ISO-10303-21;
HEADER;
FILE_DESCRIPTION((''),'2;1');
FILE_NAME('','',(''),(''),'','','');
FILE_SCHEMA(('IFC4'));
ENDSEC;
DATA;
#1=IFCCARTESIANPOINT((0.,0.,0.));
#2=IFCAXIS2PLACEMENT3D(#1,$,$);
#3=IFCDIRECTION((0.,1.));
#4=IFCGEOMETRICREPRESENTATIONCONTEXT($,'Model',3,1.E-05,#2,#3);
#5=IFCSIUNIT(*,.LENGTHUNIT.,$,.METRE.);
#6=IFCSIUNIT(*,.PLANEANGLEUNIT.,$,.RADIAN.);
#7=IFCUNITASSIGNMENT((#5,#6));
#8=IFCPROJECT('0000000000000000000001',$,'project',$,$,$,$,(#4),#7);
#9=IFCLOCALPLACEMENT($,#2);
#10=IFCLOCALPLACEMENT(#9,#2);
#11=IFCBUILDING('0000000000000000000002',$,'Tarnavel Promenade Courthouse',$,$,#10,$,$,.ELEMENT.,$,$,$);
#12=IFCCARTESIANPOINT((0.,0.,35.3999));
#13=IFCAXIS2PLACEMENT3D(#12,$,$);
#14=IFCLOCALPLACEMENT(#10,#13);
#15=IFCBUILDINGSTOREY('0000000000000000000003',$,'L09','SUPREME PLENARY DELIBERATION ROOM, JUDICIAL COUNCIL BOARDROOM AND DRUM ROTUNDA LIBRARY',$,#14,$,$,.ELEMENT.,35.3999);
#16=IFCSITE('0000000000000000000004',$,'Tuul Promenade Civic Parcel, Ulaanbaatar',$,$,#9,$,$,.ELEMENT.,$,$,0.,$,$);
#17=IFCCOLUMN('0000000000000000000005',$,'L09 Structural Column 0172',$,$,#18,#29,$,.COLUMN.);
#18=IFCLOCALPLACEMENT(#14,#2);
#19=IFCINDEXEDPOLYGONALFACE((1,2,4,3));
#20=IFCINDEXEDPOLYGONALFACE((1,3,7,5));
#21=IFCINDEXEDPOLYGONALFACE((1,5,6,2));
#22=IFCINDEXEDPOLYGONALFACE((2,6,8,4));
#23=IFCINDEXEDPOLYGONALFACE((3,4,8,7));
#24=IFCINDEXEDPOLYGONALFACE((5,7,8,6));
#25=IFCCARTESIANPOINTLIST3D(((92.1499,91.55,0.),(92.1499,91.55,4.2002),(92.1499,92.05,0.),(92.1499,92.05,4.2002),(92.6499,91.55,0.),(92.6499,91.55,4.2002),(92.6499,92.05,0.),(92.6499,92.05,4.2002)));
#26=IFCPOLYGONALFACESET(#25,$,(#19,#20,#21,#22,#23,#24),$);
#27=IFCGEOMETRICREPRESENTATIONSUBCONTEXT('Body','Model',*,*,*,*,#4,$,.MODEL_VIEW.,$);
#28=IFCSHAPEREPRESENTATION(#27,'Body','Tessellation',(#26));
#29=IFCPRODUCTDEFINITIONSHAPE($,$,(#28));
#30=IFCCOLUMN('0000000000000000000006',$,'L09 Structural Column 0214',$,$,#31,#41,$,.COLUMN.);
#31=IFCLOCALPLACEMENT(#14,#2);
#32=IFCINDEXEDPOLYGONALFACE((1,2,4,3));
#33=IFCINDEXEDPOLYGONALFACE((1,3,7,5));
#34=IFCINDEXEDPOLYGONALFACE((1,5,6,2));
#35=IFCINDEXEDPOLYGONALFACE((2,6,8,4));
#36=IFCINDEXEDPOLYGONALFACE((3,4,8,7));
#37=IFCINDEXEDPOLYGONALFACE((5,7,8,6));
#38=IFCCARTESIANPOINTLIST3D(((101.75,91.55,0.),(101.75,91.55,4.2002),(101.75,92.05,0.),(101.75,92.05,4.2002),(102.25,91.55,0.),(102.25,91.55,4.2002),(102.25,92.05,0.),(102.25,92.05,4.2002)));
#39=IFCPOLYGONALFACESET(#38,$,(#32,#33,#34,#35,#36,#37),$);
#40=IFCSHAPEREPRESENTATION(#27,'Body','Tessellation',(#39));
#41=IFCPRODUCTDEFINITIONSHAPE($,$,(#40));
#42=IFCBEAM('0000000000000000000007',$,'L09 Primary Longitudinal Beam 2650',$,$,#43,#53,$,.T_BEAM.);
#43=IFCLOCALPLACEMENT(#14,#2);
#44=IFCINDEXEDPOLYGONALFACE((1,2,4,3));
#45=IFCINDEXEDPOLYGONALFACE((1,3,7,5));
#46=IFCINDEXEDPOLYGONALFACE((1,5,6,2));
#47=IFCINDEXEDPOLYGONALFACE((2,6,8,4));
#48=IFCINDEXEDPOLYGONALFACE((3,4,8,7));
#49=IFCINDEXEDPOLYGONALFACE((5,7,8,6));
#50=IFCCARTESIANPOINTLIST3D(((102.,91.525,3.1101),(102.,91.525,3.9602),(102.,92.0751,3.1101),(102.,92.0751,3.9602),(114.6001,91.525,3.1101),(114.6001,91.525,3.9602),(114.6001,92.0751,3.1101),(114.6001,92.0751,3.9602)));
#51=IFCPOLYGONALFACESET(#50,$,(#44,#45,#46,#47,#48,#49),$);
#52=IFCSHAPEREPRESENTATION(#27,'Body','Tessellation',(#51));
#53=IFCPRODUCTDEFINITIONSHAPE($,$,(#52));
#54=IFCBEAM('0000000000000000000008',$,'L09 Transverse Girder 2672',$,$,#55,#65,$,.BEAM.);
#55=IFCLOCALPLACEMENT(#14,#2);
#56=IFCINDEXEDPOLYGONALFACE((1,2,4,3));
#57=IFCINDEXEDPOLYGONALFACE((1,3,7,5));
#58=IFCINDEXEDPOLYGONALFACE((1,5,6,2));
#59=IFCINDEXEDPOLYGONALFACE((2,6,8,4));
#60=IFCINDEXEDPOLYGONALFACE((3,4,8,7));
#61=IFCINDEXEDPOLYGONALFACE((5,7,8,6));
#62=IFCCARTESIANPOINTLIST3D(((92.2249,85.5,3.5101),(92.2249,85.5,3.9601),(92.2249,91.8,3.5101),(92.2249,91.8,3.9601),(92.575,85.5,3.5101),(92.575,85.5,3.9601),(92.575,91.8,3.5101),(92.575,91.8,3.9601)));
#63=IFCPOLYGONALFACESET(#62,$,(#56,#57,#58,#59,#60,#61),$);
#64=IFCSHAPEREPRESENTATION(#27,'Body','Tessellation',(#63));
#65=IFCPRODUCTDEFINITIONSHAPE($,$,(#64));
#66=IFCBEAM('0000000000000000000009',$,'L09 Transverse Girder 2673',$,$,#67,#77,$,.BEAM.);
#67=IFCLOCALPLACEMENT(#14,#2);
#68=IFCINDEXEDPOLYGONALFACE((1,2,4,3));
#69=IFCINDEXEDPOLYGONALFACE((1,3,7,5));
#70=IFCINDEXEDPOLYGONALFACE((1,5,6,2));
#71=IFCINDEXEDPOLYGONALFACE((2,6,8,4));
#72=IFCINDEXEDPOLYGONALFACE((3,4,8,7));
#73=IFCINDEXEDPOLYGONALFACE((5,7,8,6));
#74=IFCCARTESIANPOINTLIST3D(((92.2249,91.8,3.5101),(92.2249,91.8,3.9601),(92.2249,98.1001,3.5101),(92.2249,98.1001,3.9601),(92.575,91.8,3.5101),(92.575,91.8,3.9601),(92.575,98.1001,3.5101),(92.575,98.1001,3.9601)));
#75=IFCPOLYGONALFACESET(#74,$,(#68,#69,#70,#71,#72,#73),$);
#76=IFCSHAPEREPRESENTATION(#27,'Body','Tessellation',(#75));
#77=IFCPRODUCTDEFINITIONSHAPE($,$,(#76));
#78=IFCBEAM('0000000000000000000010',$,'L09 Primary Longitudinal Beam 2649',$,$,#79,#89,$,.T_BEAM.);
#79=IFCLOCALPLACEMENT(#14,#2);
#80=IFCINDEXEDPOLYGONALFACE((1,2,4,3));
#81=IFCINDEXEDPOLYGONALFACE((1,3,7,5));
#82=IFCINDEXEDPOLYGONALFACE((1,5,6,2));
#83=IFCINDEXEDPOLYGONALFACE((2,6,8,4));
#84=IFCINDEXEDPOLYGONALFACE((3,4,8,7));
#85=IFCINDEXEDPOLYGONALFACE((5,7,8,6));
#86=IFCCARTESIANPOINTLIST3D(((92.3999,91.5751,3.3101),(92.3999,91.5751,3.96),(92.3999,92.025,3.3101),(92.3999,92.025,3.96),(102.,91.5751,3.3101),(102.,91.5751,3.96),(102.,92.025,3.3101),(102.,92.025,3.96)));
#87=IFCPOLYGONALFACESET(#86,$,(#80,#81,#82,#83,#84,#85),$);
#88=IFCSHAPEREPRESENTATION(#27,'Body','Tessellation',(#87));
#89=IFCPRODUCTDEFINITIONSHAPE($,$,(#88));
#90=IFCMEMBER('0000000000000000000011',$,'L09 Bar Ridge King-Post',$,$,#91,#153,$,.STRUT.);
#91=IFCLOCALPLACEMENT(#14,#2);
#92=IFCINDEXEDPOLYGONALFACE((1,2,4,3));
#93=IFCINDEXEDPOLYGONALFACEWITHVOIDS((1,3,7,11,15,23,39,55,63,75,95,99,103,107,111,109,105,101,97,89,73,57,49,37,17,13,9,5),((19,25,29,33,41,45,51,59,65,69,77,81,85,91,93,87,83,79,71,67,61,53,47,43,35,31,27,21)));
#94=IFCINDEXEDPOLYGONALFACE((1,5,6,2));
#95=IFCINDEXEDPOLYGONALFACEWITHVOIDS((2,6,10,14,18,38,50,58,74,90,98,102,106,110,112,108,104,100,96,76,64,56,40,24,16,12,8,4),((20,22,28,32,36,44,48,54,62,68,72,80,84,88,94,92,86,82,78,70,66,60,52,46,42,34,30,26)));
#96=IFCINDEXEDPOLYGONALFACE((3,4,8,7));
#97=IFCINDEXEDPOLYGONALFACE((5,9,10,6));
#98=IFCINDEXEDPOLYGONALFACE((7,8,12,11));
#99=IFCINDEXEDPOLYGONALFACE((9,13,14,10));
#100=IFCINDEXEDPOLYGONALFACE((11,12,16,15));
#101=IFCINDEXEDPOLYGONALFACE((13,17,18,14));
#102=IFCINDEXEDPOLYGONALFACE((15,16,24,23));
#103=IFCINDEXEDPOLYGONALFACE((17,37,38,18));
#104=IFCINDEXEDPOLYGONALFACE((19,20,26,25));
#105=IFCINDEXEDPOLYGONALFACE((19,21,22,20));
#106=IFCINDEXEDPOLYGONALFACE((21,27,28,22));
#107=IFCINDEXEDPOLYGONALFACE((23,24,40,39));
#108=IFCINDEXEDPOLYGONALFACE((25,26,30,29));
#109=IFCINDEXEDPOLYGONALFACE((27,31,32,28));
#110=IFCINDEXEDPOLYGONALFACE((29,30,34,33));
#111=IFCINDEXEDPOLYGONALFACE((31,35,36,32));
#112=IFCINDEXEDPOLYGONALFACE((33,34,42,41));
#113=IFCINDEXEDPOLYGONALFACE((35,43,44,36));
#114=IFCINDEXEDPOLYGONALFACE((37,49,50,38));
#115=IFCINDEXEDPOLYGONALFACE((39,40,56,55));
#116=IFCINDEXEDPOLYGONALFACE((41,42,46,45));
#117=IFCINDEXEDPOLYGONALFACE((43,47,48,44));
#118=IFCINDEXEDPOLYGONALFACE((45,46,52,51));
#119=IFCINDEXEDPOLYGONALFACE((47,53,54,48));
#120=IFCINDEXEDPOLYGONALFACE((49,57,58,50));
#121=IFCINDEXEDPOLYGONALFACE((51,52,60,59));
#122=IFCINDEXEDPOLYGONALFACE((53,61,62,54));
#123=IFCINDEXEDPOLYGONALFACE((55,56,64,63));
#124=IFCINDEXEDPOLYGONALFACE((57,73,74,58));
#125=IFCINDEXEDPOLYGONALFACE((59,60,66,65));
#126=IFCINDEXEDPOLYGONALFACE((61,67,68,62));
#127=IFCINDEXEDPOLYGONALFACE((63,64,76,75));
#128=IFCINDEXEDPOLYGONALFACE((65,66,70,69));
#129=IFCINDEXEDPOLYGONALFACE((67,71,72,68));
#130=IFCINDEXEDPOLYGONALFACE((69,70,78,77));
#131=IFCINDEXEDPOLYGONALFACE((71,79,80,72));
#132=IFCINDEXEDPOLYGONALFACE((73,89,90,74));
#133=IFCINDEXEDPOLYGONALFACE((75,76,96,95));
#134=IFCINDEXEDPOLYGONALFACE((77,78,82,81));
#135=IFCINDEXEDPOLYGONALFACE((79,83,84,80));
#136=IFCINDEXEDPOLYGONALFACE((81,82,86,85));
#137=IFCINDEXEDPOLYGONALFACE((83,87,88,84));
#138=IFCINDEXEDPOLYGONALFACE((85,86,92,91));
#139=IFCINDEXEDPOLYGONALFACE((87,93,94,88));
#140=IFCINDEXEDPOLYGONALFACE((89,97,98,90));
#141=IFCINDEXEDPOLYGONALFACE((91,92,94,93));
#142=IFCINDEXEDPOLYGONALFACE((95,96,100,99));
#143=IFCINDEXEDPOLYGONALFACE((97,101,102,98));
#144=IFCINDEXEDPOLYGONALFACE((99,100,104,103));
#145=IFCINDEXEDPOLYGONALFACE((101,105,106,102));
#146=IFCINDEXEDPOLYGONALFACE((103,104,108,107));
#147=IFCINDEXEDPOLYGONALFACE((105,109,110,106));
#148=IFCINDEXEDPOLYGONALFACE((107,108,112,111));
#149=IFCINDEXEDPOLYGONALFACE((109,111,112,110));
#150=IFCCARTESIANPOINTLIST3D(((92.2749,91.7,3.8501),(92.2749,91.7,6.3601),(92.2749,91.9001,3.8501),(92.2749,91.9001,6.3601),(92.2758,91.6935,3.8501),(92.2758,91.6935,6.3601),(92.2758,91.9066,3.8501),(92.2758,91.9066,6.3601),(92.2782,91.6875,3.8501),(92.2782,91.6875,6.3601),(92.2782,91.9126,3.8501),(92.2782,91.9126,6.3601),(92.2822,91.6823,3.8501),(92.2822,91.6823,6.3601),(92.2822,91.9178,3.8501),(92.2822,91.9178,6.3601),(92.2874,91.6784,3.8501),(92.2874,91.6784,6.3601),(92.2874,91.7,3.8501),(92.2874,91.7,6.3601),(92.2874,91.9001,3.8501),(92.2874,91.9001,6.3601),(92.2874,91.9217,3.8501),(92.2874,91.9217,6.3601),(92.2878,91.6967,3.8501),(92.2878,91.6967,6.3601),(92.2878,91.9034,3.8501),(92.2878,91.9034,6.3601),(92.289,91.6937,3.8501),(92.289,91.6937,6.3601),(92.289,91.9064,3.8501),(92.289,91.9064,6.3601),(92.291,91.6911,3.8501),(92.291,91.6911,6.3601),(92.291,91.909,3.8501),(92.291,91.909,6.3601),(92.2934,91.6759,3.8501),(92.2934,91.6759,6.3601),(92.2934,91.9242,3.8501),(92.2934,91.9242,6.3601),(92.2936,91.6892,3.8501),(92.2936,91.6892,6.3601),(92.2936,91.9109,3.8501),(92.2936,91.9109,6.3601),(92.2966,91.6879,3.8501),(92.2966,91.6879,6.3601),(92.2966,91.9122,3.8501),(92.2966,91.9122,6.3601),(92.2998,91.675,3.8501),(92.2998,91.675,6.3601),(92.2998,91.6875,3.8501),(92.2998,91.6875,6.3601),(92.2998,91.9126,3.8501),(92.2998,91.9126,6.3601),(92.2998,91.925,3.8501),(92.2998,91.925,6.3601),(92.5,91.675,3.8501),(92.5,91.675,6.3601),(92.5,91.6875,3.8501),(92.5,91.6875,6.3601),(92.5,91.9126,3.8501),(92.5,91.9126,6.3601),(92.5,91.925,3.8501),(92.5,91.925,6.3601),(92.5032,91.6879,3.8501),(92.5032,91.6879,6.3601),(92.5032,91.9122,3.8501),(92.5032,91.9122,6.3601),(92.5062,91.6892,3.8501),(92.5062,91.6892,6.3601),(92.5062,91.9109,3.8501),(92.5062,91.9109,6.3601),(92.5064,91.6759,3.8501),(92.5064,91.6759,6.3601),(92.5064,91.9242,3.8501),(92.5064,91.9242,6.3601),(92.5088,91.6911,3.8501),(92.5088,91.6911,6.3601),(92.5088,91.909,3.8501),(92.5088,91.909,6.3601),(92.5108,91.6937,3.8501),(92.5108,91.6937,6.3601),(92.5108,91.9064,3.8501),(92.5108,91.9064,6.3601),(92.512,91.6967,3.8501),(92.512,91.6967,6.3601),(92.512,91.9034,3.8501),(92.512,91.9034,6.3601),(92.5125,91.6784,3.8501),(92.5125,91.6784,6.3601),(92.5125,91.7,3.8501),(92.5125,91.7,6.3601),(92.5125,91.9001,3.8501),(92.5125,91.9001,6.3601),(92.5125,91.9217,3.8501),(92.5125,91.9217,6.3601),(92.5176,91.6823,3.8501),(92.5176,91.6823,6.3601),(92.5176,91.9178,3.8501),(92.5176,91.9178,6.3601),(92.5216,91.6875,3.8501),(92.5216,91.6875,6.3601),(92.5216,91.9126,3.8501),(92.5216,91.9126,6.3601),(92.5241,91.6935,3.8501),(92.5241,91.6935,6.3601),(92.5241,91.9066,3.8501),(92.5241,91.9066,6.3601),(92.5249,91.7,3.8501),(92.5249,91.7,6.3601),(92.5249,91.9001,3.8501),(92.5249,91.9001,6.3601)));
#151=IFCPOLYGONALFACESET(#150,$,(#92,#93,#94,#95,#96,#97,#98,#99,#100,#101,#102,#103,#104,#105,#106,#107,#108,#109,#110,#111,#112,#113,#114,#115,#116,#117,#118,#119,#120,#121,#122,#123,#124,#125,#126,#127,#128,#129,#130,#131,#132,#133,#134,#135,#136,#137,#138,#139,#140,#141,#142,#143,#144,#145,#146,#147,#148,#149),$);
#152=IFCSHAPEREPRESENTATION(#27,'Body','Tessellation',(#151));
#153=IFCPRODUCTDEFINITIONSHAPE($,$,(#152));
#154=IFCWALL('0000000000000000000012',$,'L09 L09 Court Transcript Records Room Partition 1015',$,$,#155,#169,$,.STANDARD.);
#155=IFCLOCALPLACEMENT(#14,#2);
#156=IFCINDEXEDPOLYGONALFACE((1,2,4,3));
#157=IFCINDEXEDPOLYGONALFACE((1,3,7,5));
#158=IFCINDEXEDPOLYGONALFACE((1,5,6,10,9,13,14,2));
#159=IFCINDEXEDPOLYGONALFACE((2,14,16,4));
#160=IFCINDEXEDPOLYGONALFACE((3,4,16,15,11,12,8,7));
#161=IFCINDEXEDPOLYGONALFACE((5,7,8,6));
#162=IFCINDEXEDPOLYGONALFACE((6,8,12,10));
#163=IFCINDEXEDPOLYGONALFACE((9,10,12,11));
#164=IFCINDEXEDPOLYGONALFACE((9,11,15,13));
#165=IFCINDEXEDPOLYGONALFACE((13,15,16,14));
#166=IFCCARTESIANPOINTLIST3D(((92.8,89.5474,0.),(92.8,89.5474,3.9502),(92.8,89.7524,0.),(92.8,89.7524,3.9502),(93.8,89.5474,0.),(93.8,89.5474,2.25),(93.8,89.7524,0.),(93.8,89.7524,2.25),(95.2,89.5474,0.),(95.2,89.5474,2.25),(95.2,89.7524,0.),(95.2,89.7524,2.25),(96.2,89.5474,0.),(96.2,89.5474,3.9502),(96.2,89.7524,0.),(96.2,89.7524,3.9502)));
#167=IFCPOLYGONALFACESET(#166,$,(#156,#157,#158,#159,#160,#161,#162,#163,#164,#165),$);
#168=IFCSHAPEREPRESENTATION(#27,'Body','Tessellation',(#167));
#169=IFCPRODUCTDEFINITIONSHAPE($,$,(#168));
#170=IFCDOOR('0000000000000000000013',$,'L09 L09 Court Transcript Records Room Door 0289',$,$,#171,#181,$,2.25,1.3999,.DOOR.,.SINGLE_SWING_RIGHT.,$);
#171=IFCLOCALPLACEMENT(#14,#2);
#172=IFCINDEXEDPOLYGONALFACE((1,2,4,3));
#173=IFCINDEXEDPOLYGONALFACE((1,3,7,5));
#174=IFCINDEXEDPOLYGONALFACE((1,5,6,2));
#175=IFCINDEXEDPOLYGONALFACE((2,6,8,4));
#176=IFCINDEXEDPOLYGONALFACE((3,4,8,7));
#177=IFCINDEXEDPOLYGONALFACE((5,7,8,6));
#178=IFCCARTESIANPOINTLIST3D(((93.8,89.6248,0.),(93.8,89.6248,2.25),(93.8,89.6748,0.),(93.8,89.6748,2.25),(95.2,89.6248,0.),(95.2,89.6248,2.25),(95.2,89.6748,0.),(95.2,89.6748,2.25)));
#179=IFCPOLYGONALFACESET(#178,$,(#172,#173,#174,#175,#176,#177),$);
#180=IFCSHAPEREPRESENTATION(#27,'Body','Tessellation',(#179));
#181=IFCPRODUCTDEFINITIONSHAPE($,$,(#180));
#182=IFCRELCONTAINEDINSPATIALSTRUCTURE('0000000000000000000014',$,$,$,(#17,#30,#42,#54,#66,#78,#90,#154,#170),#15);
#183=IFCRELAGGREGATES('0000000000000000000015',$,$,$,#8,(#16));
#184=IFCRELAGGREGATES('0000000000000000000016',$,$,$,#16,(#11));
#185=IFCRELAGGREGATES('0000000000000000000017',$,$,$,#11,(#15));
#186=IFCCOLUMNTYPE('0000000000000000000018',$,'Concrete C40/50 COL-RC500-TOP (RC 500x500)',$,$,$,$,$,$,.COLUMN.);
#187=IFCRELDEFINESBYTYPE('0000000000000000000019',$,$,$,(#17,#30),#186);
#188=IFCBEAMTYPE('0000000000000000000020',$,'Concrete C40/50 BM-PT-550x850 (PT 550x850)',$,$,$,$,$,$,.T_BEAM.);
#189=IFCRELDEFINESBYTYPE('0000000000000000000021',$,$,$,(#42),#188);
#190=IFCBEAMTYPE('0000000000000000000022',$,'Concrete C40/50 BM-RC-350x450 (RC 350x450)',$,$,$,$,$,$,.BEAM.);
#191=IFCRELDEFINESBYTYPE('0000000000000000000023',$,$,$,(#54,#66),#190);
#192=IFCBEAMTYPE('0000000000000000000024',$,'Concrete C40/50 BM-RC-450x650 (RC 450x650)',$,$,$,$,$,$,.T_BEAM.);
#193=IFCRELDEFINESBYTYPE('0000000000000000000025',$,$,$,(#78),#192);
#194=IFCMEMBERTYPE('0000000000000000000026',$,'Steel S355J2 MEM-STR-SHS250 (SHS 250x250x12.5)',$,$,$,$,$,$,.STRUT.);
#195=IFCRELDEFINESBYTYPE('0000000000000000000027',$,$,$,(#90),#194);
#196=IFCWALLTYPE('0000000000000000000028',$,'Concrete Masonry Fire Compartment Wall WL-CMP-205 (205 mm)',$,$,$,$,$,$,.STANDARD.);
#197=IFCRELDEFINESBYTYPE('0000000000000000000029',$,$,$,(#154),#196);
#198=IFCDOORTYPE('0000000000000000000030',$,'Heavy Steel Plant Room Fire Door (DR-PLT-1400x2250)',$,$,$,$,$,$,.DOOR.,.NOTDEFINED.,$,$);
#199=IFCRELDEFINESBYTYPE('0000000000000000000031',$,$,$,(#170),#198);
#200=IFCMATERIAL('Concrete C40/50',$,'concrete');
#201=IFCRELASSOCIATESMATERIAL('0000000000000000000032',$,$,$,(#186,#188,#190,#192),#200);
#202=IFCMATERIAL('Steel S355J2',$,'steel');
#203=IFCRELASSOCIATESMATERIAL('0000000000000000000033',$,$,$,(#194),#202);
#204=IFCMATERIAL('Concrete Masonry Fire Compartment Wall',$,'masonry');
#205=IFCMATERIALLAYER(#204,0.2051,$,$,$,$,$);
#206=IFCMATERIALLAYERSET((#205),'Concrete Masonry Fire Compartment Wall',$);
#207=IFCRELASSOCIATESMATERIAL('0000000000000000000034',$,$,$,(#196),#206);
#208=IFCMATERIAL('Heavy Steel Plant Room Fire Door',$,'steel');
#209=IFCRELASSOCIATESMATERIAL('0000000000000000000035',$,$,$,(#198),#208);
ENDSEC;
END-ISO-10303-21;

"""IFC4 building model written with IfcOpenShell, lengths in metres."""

from ifc_helpers import new_model, si_unit, direction, frame, frame_2d, origin, origin_2d, place, context, subcontext, project, spatial, rectangle, hollow_rectangle, extrude, material, layer, layer_set, material_profile, profile_set, type_object, element, fill, save


model = new_model("IFC4")

# Units and contexts
model_context = context("Model", 3, precision=1e-05, world=origin(), true_north=direction((0.0, 1.0)))
body_context = subcontext(model_context, "Body", "Model", "MODEL_VIEW")
ifc_project = project(units=[si_unit("LENGTHUNIT", "METRE"), si_unit("PLANEANGLEUNIT", "RADIAN")], contexts=[model_context])

# Site, building, storey
site_placement = place(None, origin())
site = spatial("IfcSite", under=ifc_project, at=site_placement, Name="Tuul Promenade Civic Parcel, Ulaanbaatar", CompositionType="ELEMENT", RefElevation=0.0)
building_placement = place(site_placement, origin())
building = spatial("IfcBuilding", under=site, at=building_placement, Name="Tarnavel Promenade Courthouse", CompositionType="ELEMENT")
storey_placement = place(building_placement, frame((0.0, 0.0, 35.3999)))
storey = spatial("IfcBuildingStorey", under=building, at=storey_placement, Name="L09", Description="SUPREME PLENARY DELIBERATION ROOM, JUDICIAL COUNCIL BOARDROOM AND DRUM ROTUNDA LIBRARY", CompositionType="ELEMENT", Elevation=35.3999)

# Columns
ifc_material_1 = material(Name="Concrete C40/50", Category="concrete")
ifc_material_profile_1 = material_profile(ifc_material_1, rectangle(XDim=0.5, YDim=0.5, at=origin_2d()), Name="RC 500x500")
ifc_profile_set_1 = profile_set([ifc_material_profile_1], Name="Concrete C40/50")
column_type = type_object("IfcColumnType", Name="Concrete C40/50 COL-RC500-TOP (RC 500x500)", PredefinedType="COLUMN", material=ifc_profile_set_1)
for number, where, z_axis, x_axis, name in (
    (1, (92.3999, 91.8, 0.0), (0.0, 0.0, 1.0), (1.0, 0.0, 0.0), "L09 Structural Column 0172"),
    (2, (102.0, 91.8, 0.0), (0.0, 0.0, 1.0), (1.0, 0.0, 0.0), "L09 Structural Column 0214"),
):
    element("IfcColumn", number, at=place(storey_placement, frame(where, z_axis=z_axis, x_axis=x_axis)), inside=storey, type_object=column_type, Name=name, PredefinedType="COLUMN", context=body_context, shape_type="SweptSolid", body=[
        extrude(rectangle(XDim=0.5, YDim=0.5, at=origin_2d()), origin(), (0.0, 0.0, 1.0), 4.2002),
    ])

# Beams
ifc_material_profile_2 = material_profile(ifc_material_1, rectangle(XDim=0.55, YDim=0.8501, at=origin_2d()), Name="PT 550x850")
ifc_profile_set_2 = profile_set([ifc_material_profile_2], Name="Concrete C40/50")
beam_type_1 = type_object("IfcBeamType", Name="Concrete C40/50 BM-PT-550x850 (PT 550x850)", PredefinedType="T_BEAM", material=ifc_profile_set_2)
beam_1_placement = place(storey_placement, frame((102.0, 91.8, 3.5352), z_axis=(1.0, 0.0, 0.0), x_axis=(0.0, 1.0, 0.0)))
element("IfcBeam", 3, at=beam_1_placement, inside=storey, type_object=beam_type_1, Name="L09 Primary Longitudinal Beam 2650", PredefinedType="T_BEAM", context=body_context, shape_type="SweptSolid", body=[
    extrude(rectangle(XDim=0.55, YDim=0.8501, at=origin_2d()), origin(), (0.0, 0.0, 1.0), 12.6001),
])
ifc_material_profile_3 = material_profile(ifc_material_1, rectangle(XDim=0.3501, YDim=0.45, at=origin_2d()), Name="RC 350x450")
ifc_profile_set_3 = profile_set([ifc_material_profile_3], Name="Concrete C40/50")
beam_type_2 = type_object("IfcBeamType", Name="Concrete C40/50 BM-RC-350x450 (RC 350x450)", PredefinedType="BEAM", material=ifc_profile_set_3)
for number, where, z_axis, x_axis, name in (
    (4, (92.3999, 85.5, 3.7351), (0.0, 1.0, 0.0), (-1.0, 0.0, 0.0), "L09 Transverse Girder 2672"),
    (5, (92.3999, 91.8, 3.7351), (0.0, 1.0, 0.0), (-1.0, 0.0, 0.0), "L09 Transverse Girder 2673"),
):
    element("IfcBeam", number, at=place(storey_placement, frame(where, z_axis=z_axis, x_axis=x_axis)), inside=storey, type_object=beam_type_2, Name=name, PredefinedType="BEAM", context=body_context, shape_type="SweptSolid", body=[
        extrude(rectangle(XDim=0.3501, YDim=0.45, at=origin_2d()), origin(), (0.0, 0.0, 1.0), 6.3),
    ])
ifc_material_profile_4 = material_profile(ifc_material_1, rectangle(XDim=0.45, YDim=0.6499, at=origin_2d()), Name="RC 450x650")
ifc_profile_set_4 = profile_set([ifc_material_profile_4], Name="Concrete C40/50")
beam_type_3 = type_object("IfcBeamType", Name="Concrete C40/50 BM-RC-450x650 (RC 450x650)", PredefinedType="T_BEAM", material=ifc_profile_set_4)
beam_2_placement = place(storey_placement, frame((92.3999, 91.8, 3.635), z_axis=(1.0, 0.0, 0.0), x_axis=(0.0, 1.0, 0.0)))
element("IfcBeam", 6, at=beam_2_placement, inside=storey, type_object=beam_type_3, Name="L09 Primary Longitudinal Beam 2649", PredefinedType="T_BEAM", context=body_context, shape_type="SweptSolid", body=[
    extrude(rectangle(XDim=0.45, YDim=0.6499, at=origin_2d()), origin(), (0.0, 0.0, 1.0), 9.6001),
])

# Member
ifc_material_2 = material(Name="Steel S355J2", Category="steel")
ifc_material_profile_5 = material_profile(ifc_material_2, hollow_rectangle(XDim=0.25, YDim=0.25, WallThickness=0.0125, InnerFilletRadius=0.0125, OuterFilletRadius=0.0249, at=origin_2d()), Name="SHS 250x250x12.5")
ifc_profile_set_5 = profile_set([ifc_material_profile_5], Name="Steel S355J2")
member_type = type_object("IfcMemberType", Name="Steel S355J2 MEM-STR-SHS250 (SHS 250x250x12.5)", PredefinedType="STRUT", material=ifc_profile_set_5)
member_placement = place(storey_placement, frame((92.3999, 91.8, 3.8501), z_axis=(0.0, 0.0, 1.0), x_axis=(1.0, 0.0, 0.0)))
element("IfcMember", 7, at=member_placement, inside=storey, type_object=member_type, Name="L09 Bar Ridge King-Post", PredefinedType="STRUT", context=body_context, shape_type="SweptSolid", body=[
    extrude(hollow_rectangle(XDim=0.25, YDim=0.25, WallThickness=0.0125, InnerFilletRadius=0.0125, OuterFilletRadius=0.0249, at=origin_2d()), origin(), (0.0, 0.0, 1.0), 2.51),
])

# Wall, opening, door
ifc_material_3 = material(Name="Concrete Masonry Fire Compartment Wall", Category="masonry")
ifc_layer_1 = layer(ifc_material_3, 0.2051)
ifc_layer_set_1 = layer_set([ifc_layer_1], Name="Concrete Masonry Fire Compartment Wall")
wall_type_1 = type_object("IfcWallType", Name="Concrete Masonry Fire Compartment Wall WL-CMP-205 (205 mm)", PredefinedType="STANDARD", material=ifc_layer_set_1)
wall_1_placement = place(storey_placement, frame((92.8, 89.6499, 0.0), z_axis=(0.0, 0.0, 1.0), x_axis=(1.0, 0.0, 0.0)))
wall_1 = element("IfcWall", 8, at=wall_1_placement, inside=storey, type_object=wall_type_1, Name="L09 L09 Court Transcript Records Room Partition 1015", PredefinedType="STANDARD", context=body_context, shape_type="SweptSolid", body=[
    extrude(rectangle(XDim=3.3999, YDim=0.2051, at=frame_2d((1.7, 0.0))), origin(), (0.0, 0.0, 1.0), 3.9502),
])
opening_1_placement = place(wall_1_placement, frame((1.0, 0.0, 0.0)))
opening_1 = element("IfcOpeningElement", 9, at=opening_1_placement, cuts=wall_1, PredefinedType="OPENING", context=body_context, shape_type="SweptSolid", body=[
    extrude(rectangle(XDim=1.3999, YDim=2.25, at=frame_2d((0.7, 1.125))), frame((0.0, 0.1125, 0.0), z_axis=(0.0, -1.0, 0.0), x_axis=(1.0, 0.0, 0.0)), (0.0, 0.0, 1.0), 0.2251),
])
ifc_material_4 = material(Name="Heavy Steel Plant Room Fire Door", Category="steel")
door_type_1 = type_object("IfcDoorType", Name="Heavy Steel Plant Room Fire Door (DR-PLT-1400x2250)", OperationType="NOTDEFINED", PredefinedType="DOOR", material=ifc_material_4)
door_1_placement = place(opening_1_placement, origin())
door_1 = element("IfcDoor", 10, at=door_1_placement, inside=storey, type_object=door_type_1, Name="L09 L09 Court Transcript Records Room Door 0289", OperationType="SINGLE_SWING_RIGHT", OverallHeight=2.25, OverallWidth=1.3999, PredefinedType="DOOR", context=body_context, shape_type="SweptSolid", body=[
    extrude(rectangle(XDim=1.3999, YDim=2.25, at=frame_2d((0.7, 1.125))), frame((0.0, 0.0249, 0.0), z_axis=(0.0, -1.0, 0.0), x_axis=(1.0, 0.0, 0.0)), (0.0, 0.0, 1.0), 0.05),
])
fill(opening_1, door_1)

save(model, "model.ifc")
